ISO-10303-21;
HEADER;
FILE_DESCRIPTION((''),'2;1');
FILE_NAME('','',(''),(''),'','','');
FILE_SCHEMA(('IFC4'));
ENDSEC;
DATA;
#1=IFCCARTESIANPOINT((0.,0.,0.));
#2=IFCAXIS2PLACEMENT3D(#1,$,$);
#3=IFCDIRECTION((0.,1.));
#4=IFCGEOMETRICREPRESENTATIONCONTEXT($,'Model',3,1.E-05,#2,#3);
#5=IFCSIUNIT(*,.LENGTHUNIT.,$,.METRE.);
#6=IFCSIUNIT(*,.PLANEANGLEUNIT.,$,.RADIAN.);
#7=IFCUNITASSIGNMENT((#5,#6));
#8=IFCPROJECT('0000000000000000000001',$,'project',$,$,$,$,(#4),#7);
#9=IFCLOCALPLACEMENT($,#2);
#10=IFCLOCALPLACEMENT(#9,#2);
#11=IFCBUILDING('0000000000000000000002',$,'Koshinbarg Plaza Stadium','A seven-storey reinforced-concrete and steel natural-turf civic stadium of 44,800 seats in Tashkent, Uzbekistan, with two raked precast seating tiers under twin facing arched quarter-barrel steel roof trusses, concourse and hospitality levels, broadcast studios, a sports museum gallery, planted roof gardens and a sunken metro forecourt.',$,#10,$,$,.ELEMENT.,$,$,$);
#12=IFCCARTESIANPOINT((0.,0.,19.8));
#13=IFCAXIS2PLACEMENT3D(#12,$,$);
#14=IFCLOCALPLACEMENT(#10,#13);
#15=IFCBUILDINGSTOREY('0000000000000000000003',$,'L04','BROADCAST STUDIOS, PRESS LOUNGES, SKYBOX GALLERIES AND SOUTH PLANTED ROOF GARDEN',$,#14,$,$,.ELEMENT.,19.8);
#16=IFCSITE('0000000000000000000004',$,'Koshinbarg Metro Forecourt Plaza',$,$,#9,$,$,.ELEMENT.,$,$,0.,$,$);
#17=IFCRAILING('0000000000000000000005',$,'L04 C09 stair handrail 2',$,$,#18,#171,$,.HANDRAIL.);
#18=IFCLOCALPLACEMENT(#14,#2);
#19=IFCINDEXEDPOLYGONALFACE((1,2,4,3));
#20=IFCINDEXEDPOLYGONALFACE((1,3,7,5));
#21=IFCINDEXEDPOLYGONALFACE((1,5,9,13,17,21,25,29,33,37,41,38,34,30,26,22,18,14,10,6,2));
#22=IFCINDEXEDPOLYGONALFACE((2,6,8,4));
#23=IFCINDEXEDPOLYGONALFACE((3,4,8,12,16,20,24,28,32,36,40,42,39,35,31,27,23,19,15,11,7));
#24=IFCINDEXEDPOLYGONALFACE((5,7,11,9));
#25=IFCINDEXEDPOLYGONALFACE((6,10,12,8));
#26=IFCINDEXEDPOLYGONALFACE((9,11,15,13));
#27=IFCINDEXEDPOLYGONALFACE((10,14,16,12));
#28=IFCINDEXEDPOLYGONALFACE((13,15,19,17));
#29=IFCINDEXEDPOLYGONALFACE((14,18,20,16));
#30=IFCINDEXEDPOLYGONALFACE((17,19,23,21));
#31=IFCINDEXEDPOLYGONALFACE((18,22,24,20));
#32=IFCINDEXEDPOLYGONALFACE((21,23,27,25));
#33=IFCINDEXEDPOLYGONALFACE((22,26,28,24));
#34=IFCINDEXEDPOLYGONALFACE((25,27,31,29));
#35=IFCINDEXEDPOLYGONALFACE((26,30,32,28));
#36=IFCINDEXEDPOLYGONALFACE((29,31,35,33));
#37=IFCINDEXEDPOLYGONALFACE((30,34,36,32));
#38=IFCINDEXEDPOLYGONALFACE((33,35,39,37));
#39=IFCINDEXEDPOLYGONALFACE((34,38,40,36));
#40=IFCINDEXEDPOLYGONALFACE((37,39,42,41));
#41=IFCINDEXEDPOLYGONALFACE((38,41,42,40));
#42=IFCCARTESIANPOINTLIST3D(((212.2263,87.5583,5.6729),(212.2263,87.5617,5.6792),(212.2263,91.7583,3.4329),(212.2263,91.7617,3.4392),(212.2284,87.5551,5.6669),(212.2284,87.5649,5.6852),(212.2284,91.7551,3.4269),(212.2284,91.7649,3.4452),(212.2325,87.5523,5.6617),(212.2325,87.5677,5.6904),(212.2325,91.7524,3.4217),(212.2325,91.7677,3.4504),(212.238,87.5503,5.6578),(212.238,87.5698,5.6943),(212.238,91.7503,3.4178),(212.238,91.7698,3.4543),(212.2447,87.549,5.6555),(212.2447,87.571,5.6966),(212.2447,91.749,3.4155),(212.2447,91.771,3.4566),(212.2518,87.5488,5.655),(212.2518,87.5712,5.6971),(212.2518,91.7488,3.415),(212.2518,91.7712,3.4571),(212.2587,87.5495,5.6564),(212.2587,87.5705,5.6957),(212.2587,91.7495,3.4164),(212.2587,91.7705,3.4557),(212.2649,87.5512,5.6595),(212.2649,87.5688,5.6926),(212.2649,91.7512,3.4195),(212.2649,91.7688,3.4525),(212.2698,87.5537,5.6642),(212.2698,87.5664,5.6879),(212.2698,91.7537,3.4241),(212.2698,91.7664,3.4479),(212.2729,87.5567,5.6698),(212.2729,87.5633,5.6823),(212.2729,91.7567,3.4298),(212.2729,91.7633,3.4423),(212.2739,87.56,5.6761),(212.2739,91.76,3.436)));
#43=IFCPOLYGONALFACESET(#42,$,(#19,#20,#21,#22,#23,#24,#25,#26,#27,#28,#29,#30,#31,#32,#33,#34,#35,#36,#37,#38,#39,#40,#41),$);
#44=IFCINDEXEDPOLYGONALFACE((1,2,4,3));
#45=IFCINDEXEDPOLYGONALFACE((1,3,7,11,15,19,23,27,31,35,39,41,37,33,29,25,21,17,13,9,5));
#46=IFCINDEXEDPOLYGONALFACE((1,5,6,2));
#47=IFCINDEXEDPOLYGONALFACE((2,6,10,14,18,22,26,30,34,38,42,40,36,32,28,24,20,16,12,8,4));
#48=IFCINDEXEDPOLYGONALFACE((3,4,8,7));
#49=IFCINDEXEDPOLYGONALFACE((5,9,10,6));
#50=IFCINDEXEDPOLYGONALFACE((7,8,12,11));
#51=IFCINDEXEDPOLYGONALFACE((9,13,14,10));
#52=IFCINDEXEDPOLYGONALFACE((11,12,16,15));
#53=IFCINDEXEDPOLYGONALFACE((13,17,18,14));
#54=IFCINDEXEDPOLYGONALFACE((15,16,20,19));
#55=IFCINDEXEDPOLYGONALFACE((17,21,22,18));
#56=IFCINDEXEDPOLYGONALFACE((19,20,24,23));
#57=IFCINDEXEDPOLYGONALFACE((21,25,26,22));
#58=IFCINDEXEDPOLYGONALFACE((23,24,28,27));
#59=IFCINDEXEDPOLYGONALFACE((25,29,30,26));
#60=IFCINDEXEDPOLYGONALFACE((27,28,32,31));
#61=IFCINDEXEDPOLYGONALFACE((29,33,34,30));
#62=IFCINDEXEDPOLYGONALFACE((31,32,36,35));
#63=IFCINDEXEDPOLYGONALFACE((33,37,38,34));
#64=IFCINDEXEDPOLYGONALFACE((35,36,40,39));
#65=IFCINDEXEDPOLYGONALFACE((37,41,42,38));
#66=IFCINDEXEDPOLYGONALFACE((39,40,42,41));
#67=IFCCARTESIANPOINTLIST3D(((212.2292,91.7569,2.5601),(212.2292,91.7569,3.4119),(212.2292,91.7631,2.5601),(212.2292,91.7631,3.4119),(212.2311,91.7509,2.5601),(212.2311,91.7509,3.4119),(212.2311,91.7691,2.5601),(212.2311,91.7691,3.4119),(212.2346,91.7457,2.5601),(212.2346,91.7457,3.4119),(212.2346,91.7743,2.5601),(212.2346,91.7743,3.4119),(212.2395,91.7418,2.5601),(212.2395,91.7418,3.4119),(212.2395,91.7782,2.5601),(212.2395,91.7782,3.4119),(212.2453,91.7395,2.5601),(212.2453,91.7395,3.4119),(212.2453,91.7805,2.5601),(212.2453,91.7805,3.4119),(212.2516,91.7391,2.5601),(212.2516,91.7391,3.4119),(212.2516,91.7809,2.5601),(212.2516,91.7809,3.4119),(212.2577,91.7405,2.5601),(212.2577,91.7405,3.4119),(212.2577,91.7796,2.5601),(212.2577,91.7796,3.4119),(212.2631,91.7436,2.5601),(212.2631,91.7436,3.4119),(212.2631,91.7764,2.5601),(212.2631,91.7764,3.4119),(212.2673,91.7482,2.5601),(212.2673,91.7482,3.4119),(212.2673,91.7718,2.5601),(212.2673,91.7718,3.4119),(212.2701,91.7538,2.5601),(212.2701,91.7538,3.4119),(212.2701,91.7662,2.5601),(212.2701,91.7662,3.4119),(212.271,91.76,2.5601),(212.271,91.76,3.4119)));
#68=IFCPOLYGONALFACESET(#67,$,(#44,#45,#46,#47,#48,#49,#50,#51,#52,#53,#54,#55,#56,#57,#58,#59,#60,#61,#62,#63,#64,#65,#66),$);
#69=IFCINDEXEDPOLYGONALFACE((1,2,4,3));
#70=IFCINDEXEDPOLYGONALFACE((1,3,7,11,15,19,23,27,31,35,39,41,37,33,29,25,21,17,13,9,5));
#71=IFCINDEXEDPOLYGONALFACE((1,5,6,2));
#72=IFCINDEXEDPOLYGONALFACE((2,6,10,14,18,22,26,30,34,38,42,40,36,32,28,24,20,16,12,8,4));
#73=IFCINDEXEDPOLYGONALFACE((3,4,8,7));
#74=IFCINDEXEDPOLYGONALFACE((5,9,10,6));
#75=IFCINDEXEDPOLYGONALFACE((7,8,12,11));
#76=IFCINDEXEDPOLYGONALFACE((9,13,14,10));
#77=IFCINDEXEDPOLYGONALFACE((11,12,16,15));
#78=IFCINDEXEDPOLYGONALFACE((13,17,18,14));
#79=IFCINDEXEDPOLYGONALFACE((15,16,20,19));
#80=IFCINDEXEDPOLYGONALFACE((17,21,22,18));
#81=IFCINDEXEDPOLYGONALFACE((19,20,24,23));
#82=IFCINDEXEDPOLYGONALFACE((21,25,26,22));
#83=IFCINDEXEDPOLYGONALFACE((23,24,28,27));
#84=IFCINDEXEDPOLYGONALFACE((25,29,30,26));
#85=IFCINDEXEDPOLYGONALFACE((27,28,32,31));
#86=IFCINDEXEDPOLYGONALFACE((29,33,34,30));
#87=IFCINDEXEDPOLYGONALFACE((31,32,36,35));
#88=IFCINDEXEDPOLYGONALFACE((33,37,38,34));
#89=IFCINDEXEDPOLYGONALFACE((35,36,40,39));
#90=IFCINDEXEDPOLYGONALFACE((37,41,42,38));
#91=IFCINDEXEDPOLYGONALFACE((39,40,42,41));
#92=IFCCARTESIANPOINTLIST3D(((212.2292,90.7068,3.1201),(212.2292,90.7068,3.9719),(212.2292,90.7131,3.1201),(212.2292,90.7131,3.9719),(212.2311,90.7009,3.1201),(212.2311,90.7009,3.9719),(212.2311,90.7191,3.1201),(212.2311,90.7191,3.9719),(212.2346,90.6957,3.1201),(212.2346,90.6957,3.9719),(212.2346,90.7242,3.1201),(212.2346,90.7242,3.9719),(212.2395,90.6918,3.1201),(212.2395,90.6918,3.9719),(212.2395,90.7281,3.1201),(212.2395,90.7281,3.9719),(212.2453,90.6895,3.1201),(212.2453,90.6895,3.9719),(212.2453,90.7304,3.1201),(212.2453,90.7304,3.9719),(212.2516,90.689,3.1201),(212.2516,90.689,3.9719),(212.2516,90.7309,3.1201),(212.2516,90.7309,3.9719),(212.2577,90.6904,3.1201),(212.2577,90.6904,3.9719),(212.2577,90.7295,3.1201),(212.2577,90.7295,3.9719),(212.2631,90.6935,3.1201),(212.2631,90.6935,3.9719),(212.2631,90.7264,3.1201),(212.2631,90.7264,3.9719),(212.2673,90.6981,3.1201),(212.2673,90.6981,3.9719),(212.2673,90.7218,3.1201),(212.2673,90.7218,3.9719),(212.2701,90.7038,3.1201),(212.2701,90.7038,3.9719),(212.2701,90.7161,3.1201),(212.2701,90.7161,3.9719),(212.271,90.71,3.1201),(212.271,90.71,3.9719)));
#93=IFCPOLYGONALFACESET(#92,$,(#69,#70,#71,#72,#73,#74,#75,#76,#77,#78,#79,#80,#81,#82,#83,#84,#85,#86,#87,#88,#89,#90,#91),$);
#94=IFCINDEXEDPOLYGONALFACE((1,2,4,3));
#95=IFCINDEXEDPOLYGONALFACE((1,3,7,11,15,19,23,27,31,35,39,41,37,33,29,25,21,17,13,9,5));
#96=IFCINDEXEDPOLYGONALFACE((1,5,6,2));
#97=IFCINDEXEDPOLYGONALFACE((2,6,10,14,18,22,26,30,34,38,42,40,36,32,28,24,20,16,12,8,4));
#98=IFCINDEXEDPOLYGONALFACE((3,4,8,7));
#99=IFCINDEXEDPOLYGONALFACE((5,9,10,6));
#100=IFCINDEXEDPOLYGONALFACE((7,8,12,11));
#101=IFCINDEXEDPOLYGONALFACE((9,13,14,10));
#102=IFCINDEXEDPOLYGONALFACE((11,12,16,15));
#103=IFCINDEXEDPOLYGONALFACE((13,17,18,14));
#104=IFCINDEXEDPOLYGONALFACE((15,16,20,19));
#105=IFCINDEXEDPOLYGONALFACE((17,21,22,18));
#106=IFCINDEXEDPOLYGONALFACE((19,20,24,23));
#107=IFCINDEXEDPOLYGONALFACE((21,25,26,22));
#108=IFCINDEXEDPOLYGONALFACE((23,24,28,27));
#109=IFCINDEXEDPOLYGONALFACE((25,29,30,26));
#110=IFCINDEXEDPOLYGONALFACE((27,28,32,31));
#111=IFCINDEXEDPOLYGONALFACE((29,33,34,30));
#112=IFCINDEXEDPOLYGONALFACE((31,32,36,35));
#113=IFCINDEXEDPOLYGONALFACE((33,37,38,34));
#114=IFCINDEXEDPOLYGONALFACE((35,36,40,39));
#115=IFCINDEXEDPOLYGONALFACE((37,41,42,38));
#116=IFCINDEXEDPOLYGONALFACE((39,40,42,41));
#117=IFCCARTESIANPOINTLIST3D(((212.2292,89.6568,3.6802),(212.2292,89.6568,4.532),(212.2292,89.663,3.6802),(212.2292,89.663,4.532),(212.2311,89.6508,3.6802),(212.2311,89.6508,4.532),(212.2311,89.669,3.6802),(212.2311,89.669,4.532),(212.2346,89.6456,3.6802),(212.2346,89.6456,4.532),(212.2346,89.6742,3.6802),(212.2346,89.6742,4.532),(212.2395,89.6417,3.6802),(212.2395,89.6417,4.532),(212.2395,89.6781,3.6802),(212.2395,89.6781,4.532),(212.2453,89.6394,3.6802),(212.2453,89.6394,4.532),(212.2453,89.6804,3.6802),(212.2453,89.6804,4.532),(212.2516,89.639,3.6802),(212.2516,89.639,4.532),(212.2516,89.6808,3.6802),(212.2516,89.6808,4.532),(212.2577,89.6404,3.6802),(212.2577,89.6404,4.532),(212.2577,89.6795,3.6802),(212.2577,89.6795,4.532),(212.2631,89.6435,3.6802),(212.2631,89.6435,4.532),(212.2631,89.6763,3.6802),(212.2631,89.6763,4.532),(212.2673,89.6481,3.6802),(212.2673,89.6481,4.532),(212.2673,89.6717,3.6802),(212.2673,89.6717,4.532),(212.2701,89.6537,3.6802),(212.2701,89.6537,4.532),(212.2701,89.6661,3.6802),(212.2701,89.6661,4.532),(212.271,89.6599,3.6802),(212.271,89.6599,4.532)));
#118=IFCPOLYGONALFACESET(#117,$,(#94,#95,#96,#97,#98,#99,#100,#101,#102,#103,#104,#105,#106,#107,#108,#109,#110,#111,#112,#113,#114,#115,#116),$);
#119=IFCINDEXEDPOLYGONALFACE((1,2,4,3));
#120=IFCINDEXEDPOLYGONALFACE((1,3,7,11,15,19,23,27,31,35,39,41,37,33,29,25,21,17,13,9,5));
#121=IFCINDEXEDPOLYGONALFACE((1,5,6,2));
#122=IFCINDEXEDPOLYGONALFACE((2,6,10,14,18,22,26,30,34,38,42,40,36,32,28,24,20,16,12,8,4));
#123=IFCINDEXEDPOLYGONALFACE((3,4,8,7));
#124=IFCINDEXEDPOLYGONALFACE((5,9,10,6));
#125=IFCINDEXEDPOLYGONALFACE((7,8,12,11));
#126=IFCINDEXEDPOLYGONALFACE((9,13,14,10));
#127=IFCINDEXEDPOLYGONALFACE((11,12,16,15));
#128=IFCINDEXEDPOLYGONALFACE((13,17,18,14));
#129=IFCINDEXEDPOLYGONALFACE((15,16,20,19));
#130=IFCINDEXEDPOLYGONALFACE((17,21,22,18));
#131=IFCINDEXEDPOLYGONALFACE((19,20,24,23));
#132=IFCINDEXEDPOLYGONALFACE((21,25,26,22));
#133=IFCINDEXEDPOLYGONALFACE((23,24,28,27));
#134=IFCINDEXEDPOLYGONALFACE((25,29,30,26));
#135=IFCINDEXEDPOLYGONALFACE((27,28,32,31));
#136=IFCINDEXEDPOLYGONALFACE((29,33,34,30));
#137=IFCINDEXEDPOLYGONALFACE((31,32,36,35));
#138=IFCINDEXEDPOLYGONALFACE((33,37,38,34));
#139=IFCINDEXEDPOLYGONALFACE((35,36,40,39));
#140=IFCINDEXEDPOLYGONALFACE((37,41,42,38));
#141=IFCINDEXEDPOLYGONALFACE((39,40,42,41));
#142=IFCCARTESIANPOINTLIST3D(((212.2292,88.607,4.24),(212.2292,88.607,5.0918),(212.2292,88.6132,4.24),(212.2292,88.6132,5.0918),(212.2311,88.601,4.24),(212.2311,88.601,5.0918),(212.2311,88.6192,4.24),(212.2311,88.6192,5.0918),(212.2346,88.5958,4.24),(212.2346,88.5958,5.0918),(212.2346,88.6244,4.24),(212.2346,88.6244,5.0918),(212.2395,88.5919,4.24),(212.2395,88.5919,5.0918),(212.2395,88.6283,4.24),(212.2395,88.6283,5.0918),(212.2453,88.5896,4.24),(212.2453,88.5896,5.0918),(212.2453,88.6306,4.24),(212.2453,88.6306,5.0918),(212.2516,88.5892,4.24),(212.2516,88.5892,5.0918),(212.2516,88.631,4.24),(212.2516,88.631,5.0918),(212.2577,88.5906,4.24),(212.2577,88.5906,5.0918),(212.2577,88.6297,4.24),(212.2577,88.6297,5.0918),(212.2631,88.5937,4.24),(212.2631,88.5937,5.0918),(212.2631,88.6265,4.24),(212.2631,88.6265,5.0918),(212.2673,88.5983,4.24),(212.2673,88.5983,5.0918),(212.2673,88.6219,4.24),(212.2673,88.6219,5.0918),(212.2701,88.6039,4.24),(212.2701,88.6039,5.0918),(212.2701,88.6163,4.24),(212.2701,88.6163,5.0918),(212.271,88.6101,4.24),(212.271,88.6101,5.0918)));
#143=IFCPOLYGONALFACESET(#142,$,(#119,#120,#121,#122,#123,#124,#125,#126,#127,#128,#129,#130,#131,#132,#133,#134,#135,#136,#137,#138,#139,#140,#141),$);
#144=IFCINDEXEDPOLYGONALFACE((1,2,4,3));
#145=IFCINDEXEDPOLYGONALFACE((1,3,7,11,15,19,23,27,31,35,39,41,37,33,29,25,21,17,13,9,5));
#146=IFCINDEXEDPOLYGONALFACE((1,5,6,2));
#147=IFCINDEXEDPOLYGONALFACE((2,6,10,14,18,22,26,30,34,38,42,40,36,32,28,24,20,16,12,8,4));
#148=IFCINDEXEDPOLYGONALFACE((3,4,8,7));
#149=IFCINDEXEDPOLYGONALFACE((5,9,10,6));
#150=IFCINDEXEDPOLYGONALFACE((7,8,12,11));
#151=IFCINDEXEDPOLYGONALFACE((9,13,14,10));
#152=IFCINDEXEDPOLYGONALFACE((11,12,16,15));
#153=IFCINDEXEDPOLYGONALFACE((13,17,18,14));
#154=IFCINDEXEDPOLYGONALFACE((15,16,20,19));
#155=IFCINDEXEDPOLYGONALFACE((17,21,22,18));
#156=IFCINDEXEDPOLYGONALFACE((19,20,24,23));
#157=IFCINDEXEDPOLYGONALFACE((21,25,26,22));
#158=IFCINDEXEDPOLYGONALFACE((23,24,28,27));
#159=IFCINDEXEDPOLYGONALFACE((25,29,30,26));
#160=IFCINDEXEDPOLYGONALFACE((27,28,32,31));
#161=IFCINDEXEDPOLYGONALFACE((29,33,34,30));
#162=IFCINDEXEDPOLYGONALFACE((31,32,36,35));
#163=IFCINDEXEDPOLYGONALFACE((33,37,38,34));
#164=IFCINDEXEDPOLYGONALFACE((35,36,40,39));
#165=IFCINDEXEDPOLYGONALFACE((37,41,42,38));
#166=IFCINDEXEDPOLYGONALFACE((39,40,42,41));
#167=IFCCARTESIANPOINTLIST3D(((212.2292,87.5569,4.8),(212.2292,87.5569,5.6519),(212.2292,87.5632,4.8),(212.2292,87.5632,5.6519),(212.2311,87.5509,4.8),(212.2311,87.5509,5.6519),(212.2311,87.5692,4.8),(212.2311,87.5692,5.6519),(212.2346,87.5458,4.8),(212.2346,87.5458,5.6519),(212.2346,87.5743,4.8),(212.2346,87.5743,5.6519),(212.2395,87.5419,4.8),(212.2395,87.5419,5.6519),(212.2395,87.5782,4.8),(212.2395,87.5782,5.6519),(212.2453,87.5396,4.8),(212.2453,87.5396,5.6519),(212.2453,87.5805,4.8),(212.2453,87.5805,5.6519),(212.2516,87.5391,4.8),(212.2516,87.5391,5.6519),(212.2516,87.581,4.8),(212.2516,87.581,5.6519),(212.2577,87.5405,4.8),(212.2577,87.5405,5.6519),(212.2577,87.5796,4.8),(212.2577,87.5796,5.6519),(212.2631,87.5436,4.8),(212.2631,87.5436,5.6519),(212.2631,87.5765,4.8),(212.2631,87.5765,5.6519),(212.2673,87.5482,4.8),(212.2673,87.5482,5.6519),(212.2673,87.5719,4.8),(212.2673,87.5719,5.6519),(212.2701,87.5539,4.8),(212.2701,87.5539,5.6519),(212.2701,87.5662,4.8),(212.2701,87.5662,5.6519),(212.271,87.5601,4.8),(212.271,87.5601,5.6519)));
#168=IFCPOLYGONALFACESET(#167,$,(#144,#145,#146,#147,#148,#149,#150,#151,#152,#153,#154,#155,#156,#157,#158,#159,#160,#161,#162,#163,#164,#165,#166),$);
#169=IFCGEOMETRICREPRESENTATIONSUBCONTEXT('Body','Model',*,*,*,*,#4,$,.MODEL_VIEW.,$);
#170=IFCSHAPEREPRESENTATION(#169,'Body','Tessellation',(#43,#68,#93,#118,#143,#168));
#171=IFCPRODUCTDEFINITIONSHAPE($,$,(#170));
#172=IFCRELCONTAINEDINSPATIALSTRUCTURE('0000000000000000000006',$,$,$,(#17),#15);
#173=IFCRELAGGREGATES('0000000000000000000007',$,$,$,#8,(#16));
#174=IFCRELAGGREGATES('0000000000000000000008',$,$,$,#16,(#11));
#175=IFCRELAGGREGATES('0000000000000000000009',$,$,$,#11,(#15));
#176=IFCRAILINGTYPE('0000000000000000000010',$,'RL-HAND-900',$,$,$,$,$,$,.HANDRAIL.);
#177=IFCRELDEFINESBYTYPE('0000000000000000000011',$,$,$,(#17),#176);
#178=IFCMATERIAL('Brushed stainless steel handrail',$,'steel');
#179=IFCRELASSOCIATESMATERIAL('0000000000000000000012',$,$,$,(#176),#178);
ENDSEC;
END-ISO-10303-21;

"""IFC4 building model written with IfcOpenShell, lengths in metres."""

from ifc_helpers import new_model, si_unit, direction, frame, origin, origin_2d, place, context, subcontext, project, spatial, circle, extrude, material, type_object, element, save


model = new_model("IFC4")

# Units and contexts
model_context = context("Model", 3, precision=1e-05, world=origin(), true_north=direction((0.0, 1.0)))
body_context = subcontext(model_context, "Body", "Model", "MODEL_VIEW")
ifc_project = project(units=[si_unit("LENGTHUNIT", "METRE"), si_unit("PLANEANGLEUNIT", "RADIAN")], contexts=[model_context])

# Site, building, storey
site_placement = place(None, origin())
site = spatial("IfcSite", under=ifc_project, at=site_placement, Name="Koshinbarg Metro Forecourt Plaza", CompositionType="ELEMENT", RefElevation=0.0)
building_placement = place(site_placement, origin())
building = spatial("IfcBuilding", under=site, at=building_placement, Name="Koshinbarg Plaza Stadium", Description="A seven-storey reinforced-concrete and steel natural-turf civic stadium of 44,800 seats in Tashkent, Uzbekistan, with two raked precast seating tiers under twin facing arched quarter-barrel steel roof trusses, concourse and hospitality levels, broadcast studios, a sports museum gallery, planted roof gardens and a sunken metro forecourt.", CompositionType="ELEMENT")
storey_placement = place(building_placement, frame((0.0, 0.0, 19.8)))
storey = spatial("IfcBuildingStorey", under=building, at=storey_placement, Name="L04", Description="BROADCAST STUDIOS, PRESS LOUNGES, SKYBOX GALLERIES AND SOUTH PLANTED ROOF GARDEN", CompositionType="ELEMENT", Elevation=19.8)

# Railing
ifc_material_1 = material(Name="Brushed stainless steel handrail", Category="steel")
railing_type_1 = type_object("IfcRailingType", Name="RL-HAND-900", PredefinedType="HANDRAIL", material=ifc_material_1)
railing_1_placement = place(storey_placement, frame((212.25, 91.76, 2.5601)))
element("IfcRailing", 1, at=railing_1_placement, inside=storey, type_object=railing_type_1, Name="L04 C09 stair handrail 2", PredefinedType="HANDRAIL", context=body_context, shape_type="SweptSolid", body=[
    extrude(circle(Radius=0.0239, at=origin_2d()), frame((0.0, 0.0, 0.876), z_axis=(0.0, -0.882352, 0.470591), x_axis=(1.0, 0.0, 0.0)), (0.0, 0.0, 1.0), 4.76),
    extrude(circle(Radius=0.021, at=origin_2d()), origin(), (0.0, 0.0, 1.0), 0.8518),
    extrude(circle(Radius=0.021, at=origin_2d()), frame((0.0, -1.05, 0.5601)), (0.0, 0.0, 1.0), 0.8518),
    extrude(circle(Radius=0.021, at=origin_2d()), frame((0.0, -2.1001, 1.1201)), (0.0, 0.0, 1.0), 0.8518),
    extrude(circle(Radius=0.021, at=origin_2d()), frame((0.0, -3.1499, 1.6799)), (0.0, 0.0, 1.0), 0.8518),
    extrude(circle(Radius=0.021, at=origin_2d()), frame((0.0, -4.2, 2.24)), (0.0, 0.0, 1.0), 0.8518),
])

save(model, "model.ifc")
